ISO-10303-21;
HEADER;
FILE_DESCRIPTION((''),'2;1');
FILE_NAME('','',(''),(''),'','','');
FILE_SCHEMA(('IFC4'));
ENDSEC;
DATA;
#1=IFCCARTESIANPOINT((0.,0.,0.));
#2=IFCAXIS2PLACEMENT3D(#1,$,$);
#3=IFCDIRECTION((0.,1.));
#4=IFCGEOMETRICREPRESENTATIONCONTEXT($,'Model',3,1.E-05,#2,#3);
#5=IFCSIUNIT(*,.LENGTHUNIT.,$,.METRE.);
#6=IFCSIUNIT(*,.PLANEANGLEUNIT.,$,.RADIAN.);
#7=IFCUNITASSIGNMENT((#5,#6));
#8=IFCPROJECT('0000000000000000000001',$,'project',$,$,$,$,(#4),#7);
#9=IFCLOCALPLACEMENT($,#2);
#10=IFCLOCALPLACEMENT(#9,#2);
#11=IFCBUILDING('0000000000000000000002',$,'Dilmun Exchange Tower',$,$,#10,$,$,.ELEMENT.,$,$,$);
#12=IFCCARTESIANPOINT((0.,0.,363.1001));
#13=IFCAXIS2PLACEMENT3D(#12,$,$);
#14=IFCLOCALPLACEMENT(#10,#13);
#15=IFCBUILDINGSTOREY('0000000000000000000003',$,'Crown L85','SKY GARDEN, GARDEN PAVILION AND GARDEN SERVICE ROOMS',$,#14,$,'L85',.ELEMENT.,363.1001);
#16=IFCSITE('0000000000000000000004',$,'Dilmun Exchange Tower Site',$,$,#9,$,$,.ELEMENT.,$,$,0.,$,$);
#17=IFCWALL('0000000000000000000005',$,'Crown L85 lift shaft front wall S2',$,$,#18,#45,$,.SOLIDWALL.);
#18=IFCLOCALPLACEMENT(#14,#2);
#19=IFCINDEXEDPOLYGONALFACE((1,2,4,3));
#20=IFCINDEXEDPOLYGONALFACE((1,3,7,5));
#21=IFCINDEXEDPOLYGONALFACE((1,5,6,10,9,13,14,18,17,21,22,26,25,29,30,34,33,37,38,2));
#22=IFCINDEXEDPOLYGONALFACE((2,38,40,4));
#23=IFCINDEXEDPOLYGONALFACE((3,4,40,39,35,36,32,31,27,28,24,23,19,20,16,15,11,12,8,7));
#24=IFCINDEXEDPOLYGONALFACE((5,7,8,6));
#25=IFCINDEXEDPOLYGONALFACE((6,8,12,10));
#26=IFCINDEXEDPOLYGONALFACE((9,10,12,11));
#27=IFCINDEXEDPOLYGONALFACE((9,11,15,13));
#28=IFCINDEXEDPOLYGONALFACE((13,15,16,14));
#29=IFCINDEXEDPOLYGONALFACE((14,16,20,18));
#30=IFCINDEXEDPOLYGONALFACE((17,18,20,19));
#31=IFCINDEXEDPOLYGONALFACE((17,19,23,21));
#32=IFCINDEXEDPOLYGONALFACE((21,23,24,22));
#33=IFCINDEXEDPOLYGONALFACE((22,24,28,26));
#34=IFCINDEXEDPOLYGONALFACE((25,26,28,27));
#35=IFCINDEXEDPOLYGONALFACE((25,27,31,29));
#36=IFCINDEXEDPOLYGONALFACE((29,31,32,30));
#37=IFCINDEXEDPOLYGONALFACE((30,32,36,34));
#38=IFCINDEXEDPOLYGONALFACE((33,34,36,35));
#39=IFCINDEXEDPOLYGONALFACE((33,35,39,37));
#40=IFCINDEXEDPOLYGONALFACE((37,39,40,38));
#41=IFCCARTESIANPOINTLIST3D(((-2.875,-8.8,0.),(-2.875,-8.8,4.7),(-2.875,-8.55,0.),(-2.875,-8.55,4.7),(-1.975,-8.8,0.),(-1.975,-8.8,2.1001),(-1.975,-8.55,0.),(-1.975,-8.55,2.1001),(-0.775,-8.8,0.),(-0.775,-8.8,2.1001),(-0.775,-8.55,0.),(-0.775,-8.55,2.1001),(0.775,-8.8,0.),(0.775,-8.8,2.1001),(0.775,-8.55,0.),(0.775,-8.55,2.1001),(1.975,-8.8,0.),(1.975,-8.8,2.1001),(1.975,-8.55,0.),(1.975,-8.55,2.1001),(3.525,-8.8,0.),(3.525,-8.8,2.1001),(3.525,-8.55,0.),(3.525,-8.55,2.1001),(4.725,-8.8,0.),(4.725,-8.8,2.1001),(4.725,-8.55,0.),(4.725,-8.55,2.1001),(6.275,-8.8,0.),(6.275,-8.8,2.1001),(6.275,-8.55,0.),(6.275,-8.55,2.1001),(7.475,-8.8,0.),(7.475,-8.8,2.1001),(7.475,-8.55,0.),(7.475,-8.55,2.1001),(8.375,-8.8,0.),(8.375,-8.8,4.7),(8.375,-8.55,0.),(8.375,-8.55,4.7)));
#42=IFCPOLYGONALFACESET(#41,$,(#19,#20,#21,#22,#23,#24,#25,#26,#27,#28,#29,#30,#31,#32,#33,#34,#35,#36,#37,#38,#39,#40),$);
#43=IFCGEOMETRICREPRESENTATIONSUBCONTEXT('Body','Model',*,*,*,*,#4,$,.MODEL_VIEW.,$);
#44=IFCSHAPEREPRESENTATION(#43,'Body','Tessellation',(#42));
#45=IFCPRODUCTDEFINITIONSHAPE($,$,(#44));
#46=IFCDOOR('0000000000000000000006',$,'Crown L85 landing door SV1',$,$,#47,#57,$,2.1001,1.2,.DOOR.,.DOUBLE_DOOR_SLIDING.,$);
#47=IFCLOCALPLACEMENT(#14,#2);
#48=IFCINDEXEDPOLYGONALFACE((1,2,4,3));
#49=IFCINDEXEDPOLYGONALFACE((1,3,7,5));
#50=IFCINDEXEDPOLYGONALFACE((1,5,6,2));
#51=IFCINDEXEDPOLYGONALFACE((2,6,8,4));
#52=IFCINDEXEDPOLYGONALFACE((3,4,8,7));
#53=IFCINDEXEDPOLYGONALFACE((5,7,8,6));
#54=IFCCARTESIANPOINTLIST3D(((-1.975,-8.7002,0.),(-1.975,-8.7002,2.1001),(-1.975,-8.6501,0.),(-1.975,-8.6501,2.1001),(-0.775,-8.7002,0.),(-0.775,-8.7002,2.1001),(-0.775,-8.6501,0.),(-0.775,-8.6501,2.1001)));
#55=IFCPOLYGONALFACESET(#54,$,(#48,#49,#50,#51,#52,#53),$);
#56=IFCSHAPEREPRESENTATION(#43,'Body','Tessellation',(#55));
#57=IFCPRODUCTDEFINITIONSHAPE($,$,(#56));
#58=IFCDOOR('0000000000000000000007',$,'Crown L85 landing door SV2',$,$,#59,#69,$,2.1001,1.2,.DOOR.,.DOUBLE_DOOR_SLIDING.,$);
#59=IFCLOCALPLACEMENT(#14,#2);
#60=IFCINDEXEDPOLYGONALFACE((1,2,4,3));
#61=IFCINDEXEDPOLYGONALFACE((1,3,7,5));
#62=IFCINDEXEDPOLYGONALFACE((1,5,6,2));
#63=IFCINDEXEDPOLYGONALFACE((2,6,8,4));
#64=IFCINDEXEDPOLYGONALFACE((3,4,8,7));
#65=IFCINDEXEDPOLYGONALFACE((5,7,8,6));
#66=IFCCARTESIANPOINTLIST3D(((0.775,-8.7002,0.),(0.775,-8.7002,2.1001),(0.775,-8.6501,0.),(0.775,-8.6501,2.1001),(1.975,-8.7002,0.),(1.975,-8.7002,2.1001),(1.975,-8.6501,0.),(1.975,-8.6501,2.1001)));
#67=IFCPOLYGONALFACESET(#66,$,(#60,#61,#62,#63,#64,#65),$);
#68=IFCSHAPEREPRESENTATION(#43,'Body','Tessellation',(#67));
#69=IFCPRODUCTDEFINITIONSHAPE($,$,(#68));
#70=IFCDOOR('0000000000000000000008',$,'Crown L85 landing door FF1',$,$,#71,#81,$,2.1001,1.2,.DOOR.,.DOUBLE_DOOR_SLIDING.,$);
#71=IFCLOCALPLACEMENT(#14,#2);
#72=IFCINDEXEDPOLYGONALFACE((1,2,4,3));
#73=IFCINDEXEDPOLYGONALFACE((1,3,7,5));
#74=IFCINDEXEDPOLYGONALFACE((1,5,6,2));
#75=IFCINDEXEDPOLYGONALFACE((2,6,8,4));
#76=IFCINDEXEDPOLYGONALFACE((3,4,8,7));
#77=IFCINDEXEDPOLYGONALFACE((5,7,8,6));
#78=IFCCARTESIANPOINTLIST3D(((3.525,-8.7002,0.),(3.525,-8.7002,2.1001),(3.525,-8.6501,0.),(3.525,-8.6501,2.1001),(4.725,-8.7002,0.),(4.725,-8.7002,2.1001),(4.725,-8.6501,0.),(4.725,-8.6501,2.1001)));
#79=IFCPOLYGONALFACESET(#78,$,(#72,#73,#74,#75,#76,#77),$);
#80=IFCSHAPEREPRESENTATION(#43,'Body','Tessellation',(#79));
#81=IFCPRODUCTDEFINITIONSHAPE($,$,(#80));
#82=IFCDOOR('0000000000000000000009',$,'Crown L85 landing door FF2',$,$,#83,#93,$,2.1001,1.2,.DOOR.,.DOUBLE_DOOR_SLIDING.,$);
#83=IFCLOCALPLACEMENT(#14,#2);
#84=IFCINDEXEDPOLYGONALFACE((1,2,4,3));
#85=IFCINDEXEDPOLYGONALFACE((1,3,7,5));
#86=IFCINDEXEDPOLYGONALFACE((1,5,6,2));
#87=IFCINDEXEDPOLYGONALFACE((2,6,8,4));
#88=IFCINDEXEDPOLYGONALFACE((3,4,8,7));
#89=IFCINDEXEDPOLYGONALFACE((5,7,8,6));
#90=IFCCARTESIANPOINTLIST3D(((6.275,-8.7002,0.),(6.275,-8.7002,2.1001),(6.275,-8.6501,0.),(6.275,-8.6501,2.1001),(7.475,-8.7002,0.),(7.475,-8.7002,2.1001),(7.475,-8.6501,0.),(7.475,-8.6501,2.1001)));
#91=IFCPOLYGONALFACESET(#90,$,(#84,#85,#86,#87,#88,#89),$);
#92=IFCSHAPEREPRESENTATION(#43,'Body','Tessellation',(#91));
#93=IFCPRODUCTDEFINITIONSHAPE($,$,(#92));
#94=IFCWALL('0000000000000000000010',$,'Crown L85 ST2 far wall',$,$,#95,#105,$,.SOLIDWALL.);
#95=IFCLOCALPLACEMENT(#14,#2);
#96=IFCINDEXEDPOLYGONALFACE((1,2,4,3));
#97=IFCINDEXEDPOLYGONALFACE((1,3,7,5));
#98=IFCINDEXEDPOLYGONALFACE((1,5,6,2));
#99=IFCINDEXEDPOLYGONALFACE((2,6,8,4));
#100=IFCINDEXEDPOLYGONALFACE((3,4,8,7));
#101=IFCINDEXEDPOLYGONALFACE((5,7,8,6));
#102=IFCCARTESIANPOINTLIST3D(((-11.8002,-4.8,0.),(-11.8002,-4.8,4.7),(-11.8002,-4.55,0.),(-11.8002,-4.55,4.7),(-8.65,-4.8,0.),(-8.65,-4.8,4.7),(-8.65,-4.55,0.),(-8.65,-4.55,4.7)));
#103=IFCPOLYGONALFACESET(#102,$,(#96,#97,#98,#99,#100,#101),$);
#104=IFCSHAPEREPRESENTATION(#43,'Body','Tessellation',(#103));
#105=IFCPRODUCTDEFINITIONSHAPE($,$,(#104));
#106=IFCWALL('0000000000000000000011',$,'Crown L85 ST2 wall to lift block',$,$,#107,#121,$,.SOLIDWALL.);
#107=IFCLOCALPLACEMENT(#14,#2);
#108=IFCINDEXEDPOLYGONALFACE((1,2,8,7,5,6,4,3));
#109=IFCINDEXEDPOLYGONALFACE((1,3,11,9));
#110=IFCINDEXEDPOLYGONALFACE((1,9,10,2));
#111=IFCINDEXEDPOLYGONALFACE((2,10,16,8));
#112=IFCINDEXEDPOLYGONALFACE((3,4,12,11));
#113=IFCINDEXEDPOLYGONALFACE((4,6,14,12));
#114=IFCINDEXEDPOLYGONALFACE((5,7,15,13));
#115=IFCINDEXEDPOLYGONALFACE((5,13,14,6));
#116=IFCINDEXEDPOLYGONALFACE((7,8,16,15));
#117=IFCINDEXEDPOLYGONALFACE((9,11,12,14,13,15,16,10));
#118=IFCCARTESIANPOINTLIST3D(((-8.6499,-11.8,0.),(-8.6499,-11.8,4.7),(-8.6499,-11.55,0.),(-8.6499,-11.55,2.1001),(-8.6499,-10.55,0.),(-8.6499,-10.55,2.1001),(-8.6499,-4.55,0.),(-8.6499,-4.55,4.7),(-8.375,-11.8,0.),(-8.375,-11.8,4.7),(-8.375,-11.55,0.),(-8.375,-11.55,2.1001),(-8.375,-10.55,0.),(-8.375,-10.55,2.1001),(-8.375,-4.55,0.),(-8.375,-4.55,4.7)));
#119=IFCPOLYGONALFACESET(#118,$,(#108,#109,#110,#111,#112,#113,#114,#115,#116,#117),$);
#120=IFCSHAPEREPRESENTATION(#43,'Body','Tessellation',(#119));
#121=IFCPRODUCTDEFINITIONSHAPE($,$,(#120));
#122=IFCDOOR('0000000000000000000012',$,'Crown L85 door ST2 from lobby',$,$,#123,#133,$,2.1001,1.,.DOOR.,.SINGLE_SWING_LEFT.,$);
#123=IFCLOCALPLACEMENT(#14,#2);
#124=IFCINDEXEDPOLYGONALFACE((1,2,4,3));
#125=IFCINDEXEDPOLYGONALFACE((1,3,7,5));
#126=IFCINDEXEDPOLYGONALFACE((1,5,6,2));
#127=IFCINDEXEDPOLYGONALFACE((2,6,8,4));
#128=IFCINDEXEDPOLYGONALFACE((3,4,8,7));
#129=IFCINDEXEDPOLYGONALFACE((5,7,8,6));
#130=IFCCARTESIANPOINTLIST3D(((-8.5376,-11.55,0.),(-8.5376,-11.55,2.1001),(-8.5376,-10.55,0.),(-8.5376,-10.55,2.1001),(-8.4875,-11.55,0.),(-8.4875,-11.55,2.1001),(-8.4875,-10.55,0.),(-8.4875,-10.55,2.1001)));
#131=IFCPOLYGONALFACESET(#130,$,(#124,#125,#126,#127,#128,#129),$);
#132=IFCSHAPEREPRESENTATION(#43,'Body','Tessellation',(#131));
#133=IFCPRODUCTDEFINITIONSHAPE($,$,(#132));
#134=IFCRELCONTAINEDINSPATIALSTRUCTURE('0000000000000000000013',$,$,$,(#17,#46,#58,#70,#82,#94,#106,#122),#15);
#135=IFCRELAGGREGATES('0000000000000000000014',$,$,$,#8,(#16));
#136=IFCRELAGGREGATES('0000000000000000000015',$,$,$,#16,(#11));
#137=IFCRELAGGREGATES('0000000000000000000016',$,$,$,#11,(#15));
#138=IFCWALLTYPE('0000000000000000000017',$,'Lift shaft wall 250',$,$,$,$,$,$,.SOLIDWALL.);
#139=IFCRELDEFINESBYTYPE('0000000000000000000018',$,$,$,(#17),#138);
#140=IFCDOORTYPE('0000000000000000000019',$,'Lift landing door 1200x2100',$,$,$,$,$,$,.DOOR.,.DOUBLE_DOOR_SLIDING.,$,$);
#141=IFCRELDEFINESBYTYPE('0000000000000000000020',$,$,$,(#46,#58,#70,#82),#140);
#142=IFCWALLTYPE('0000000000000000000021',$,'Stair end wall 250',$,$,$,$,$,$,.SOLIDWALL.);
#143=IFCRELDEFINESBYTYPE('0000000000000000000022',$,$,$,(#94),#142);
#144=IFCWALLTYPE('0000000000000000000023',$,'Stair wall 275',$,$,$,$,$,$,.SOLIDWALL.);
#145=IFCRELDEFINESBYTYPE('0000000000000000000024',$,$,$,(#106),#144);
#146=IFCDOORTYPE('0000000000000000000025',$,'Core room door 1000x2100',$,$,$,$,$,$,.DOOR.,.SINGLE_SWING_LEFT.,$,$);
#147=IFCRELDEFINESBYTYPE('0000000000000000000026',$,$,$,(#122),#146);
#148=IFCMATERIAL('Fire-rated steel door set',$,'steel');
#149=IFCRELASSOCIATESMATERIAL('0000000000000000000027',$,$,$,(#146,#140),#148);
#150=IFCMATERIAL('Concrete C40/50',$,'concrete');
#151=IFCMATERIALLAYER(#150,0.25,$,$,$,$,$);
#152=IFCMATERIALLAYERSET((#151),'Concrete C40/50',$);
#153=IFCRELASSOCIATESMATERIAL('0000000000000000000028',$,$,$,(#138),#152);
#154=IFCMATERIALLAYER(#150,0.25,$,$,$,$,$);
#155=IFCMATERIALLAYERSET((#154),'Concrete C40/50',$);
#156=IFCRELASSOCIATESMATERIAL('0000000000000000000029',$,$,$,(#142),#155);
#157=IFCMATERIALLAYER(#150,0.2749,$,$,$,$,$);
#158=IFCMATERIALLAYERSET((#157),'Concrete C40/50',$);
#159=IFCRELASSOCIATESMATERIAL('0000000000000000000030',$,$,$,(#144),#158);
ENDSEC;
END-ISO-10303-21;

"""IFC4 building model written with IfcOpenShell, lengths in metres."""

from ifc_helpers import new_model, si_unit, direction, frame, frame_2d, origin, place, context, subcontext, project, spatial, rectangle, extrude, material, layer, layer_set, type_object, element, fill, save


model = new_model("IFC4")

# Units and contexts
model_context = context("Model", 3, precision=1e-05, world=origin(), true_north=direction((0.0, 1.0)))
body_context = subcontext(model_context, "Body", "Model", "MODEL_VIEW")
ifc_project = project(units=[si_unit("LENGTHUNIT", "METRE"), si_unit("PLANEANGLEUNIT", "RADIAN")], contexts=[model_context])

# Site, building, storey
site_placement = place(None, origin())
site = spatial("IfcSite", under=ifc_project, at=site_placement, Name="Dilmun Exchange Tower Site", CompositionType="ELEMENT", RefElevation=0.0)
building_placement = place(site_placement, origin())
building = spatial("IfcBuilding", under=site, at=building_placement, Name="Dilmun Exchange Tower", CompositionType="ELEMENT")
storey_placement = place(building_placement, frame((0.0, 0.0, 363.1001)))
storey = spatial("IfcBuildingStorey", under=building, at=storey_placement, Name="Crown L85", Description="SKY GARDEN, GARDEN PAVILION AND GARDEN SERVICE ROOMS", LongName="L85", CompositionType="ELEMENT", Elevation=363.1001)

# Shared definitions
ifc_material_1 = material(Name="Concrete C40/50", Category="concrete")

# Shared definitions
ifc_material_2 = material(Name="Fire-rated steel door set", Category="steel")

# Shared definitions
door_type_1 = type_object("IfcDoorType", Name="Core room door 1000x2100", OperationType="SINGLE_SWING_LEFT", PredefinedType="DOOR", material=ifc_material_2)

# Wall, openings, doors
ifc_layer_1 = layer(ifc_material_1, 0.25)
ifc_layer_set_1 = layer_set([ifc_layer_1], Name="Concrete C40/50")
wall_type_1 = type_object("IfcWallType", Name="Lift shaft wall 250", PredefinedType="SOLIDWALL", material=ifc_layer_set_1)
wall_1_placement = place(storey_placement, frame((-2.875, -8.675, 0.0), z_axis=(0.0, 0.0, 1.0), x_axis=(1.0, 0.0, 0.0)))
wall_1 = element("IfcWall", 1, at=wall_1_placement, inside=storey, type_object=wall_type_1, Name="Crown L85 lift shaft front wall S2", PredefinedType="SOLIDWALL", context=body_context, shape_type="SweptSolid", body=[
    extrude(rectangle(XDim=11.25, YDim=0.25, at=frame_2d((5.625, 0.0))), origin(), (0.0, 0.0, 1.0), 4.7),
])
opening_1_placement = place(wall_1_placement, frame((0.8999, 0.0, 0.0)))
opening_1 = element("IfcOpeningElement", 2, at=opening_1_placement, cuts=wall_1, PredefinedType="OPENING", context=body_context, shape_type="SweptSolid", body=[
    extrude(rectangle(XDim=1.2, YDim=2.1001, at=frame_2d((0.6001, 1.05))), frame((0.0, 0.135, 0.0), z_axis=(0.0, -1.0, 0.0), x_axis=(1.0, 0.0, 0.0)), (0.0, 0.0, 1.0), 0.27),
])
opening_2_placement = place(wall_1_placement, frame((3.6499, 0.0, 0.0)))
opening_2 = element("IfcOpeningElement", 3, at=opening_2_placement, cuts=wall_1, PredefinedType="OPENING", context=body_context, shape_type="SweptSolid", body=[
    extrude(rectangle(XDim=1.2, YDim=2.1001, at=frame_2d((0.6001, 1.05))), frame((0.0, 0.135, 0.0), z_axis=(0.0, -1.0, 0.0), x_axis=(1.0, 0.0, 0.0)), (0.0, 0.0, 1.0), 0.27),
])
opening_3_placement = place(wall_1_placement, frame((6.3999, 0.0, 0.0)))
opening_3 = element("IfcOpeningElement", 4, at=opening_3_placement, cuts=wall_1, PredefinedType="OPENING", context=body_context, shape_type="SweptSolid", body=[
    extrude(rectangle(XDim=1.2, YDim=2.1001, at=frame_2d((0.6001, 1.05))), frame((0.0, 0.135, 0.0), z_axis=(0.0, -1.0, 0.0), x_axis=(1.0, 0.0, 0.0)), (0.0, 0.0, 1.0), 0.27),
])
opening_4_placement = place(wall_1_placement, frame((9.1499, 0.0, 0.0)))
opening_4 = element("IfcOpeningElement", 5, at=opening_4_placement, cuts=wall_1, PredefinedType="OPENING", context=body_context, shape_type="SweptSolid", body=[
    extrude(rectangle(XDim=1.2, YDim=2.1001, at=frame_2d((0.6001, 1.05))), frame((0.0, 0.135, 0.0), z_axis=(0.0, -1.0, 0.0), x_axis=(1.0, 0.0, 0.0)), (0.0, 0.0, 1.0), 0.27),
])
door_type_2 = type_object("IfcDoorType", Name="Lift landing door 1200x2100", OperationType="DOUBLE_DOOR_SLIDING", PredefinedType="DOOR", material=ifc_material_2)
door_1_placement = place(opening_1_placement, origin())
door_1 = element("IfcDoor", 6, at=door_1_placement, inside=storey, type_object=door_type_2, Name="Crown L85 landing door SV1", OperationType="DOUBLE_DOOR_SLIDING", OverallHeight=2.1001, OverallWidth=1.2, PredefinedType="DOOR", context=body_context, shape_type="SweptSolid", body=[
    extrude(rectangle(XDim=1.2, YDim=2.1001, at=frame_2d((0.6001, 1.05))), frame((0.0, 0.0249, 0.0), z_axis=(0.0, -1.0, 0.0), x_axis=(1.0, 0.0, 0.0)), (0.0, 0.0, 1.0), 0.05),
])
fill(opening_1, door_1)
door_2_placement = place(opening_2_placement, origin())
door_2 = element("IfcDoor", 7, at=door_2_placement, inside=storey, type_object=door_type_2, Name="Crown L85 landing door SV2", OperationType="DOUBLE_DOOR_SLIDING", OverallHeight=2.1001, OverallWidth=1.2, PredefinedType="DOOR", context=body_context, shape_type="SweptSolid", body=[
    extrude(rectangle(XDim=1.2, YDim=2.1001, at=frame_2d((0.6001, 1.05))), frame((0.0, 0.0249, 0.0), z_axis=(0.0, -1.0, 0.0), x_axis=(1.0, 0.0, 0.0)), (0.0, 0.0, 1.0), 0.05),
])
fill(opening_2, door_2)
door_3_placement = place(opening_3_placement, origin())
door_3 = element("IfcDoor", 8, at=door_3_placement, inside=storey, type_object=door_type_2, Name="Crown L85 landing door FF1", OperationType="DOUBLE_DOOR_SLIDING", OverallHeight=2.1001, OverallWidth=1.2, PredefinedType="DOOR", context=body_context, shape_type="SweptSolid", body=[
    extrude(rectangle(XDim=1.2, YDim=2.1001, at=frame_2d((0.6001, 1.05))), frame((0.0, 0.0249, 0.0), z_axis=(0.0, -1.0, 0.0), x_axis=(1.0, 0.0, 0.0)), (0.0, 0.0, 1.0), 0.05),
])
fill(opening_3, door_3)
door_4_placement = place(opening_4_placement, origin())
door_4 = element("IfcDoor", 9, at=door_4_placement, inside=storey, type_object=door_type_2, Name="Crown L85 landing door FF2", OperationType="DOUBLE_DOOR_SLIDING", OverallHeight=2.1001, OverallWidth=1.2, PredefinedType="DOOR", context=body_context, shape_type="SweptSolid", body=[
    extrude(rectangle(XDim=1.2, YDim=2.1001, at=frame_2d((0.6001, 1.05))), frame((0.0, 0.0249, 0.0), z_axis=(0.0, -1.0, 0.0), x_axis=(1.0, 0.0, 0.0)), (0.0, 0.0, 1.0), 0.05),
])
fill(opening_4, door_4)

# Wall
ifc_layer_2 = layer(ifc_material_1, 0.25)
ifc_layer_set_2 = layer_set([ifc_layer_2], Name="Concrete C40/50")
wall_type_2 = type_object("IfcWallType", Name="Stair end wall 250", PredefinedType="SOLIDWALL", material=ifc_layer_set_2)
wall_2_placement = place(storey_placement, frame((-8.6499, -4.675, 0.0), z_axis=(0.0, 0.0, 1.0), x_axis=(-1.0, 0.0, 0.0)))
element("IfcWall", 10, at=wall_2_placement, inside=storey, type_object=wall_type_2, Name="Crown L85 ST2 far wall", PredefinedType="SOLIDWALL", context=body_context, shape_type="SweptSolid", body=[
    extrude(rectangle(XDim=3.1501, YDim=0.25, at=frame_2d((1.5752, 0.0))), origin(), (0.0, 0.0, 1.0), 4.7),
])

# Wall, opening, door
ifc_layer_3 = layer(ifc_material_1, 0.2749)
ifc_layer_set_3 = layer_set([ifc_layer_3], Name="Concrete C40/50")
wall_type_3 = type_object("IfcWallType", Name="Stair wall 275", PredefinedType="SOLIDWALL", material=ifc_layer_set_3)
wall_3_placement = place(storey_placement, frame((-8.5125, -4.55, 0.0), z_axis=(0.0, 0.0, 1.0), x_axis=(0.0, -1.0, 0.0)))
wall_3 = element("IfcWall", 11, at=wall_3_placement, inside=storey, type_object=wall_type_3, Name="Crown L85 ST2 wall to lift block", PredefinedType="SOLIDWALL", context=body_context, shape_type="SweptSolid", body=[
    extrude(rectangle(XDim=7.25, YDim=0.2749, at=frame_2d((3.625, 0.0))), origin(), (0.0, 0.0, 1.0), 4.7),
])
opening_5_placement = place(wall_3_placement, frame((6.0, 0.0, 0.0)))
opening_5 = element("IfcOpeningElement", 12, at=opening_5_placement, cuts=wall_3, PredefinedType="OPENING", context=body_context, shape_type="SweptSolid", body=[
    extrude(rectangle(XDim=1.0, YDim=2.1001, at=frame_2d((0.5, 1.05))), frame((0.0, 0.1475, 0.0), z_axis=(0.0, -1.0, 0.0), x_axis=(1.0, 0.0, 0.0)), (0.0, 0.0, 1.0), 0.2949),
])
door_5_placement = place(opening_5_placement, origin())
door_5 = element("IfcDoor", 13, at=door_5_placement, inside=storey, type_object=door_type_1, Name="Crown L85 door ST2 from lobby", OperationType="SINGLE_SWING_LEFT", OverallHeight=2.1001, OverallWidth=1.0, PredefinedType="DOOR", context=body_context, shape_type="SweptSolid", body=[
    extrude(rectangle(XDim=1.0, YDim=2.1001, at=frame_2d((0.5, 1.05))), frame((0.0, 0.0249, 0.0), z_axis=(0.0, -1.0, 0.0), x_axis=(1.0, 0.0, 0.0)), (0.0, 0.0, 1.0), 0.05),
])
fill(opening_5, door_5)

save(model, "model.ifc")
